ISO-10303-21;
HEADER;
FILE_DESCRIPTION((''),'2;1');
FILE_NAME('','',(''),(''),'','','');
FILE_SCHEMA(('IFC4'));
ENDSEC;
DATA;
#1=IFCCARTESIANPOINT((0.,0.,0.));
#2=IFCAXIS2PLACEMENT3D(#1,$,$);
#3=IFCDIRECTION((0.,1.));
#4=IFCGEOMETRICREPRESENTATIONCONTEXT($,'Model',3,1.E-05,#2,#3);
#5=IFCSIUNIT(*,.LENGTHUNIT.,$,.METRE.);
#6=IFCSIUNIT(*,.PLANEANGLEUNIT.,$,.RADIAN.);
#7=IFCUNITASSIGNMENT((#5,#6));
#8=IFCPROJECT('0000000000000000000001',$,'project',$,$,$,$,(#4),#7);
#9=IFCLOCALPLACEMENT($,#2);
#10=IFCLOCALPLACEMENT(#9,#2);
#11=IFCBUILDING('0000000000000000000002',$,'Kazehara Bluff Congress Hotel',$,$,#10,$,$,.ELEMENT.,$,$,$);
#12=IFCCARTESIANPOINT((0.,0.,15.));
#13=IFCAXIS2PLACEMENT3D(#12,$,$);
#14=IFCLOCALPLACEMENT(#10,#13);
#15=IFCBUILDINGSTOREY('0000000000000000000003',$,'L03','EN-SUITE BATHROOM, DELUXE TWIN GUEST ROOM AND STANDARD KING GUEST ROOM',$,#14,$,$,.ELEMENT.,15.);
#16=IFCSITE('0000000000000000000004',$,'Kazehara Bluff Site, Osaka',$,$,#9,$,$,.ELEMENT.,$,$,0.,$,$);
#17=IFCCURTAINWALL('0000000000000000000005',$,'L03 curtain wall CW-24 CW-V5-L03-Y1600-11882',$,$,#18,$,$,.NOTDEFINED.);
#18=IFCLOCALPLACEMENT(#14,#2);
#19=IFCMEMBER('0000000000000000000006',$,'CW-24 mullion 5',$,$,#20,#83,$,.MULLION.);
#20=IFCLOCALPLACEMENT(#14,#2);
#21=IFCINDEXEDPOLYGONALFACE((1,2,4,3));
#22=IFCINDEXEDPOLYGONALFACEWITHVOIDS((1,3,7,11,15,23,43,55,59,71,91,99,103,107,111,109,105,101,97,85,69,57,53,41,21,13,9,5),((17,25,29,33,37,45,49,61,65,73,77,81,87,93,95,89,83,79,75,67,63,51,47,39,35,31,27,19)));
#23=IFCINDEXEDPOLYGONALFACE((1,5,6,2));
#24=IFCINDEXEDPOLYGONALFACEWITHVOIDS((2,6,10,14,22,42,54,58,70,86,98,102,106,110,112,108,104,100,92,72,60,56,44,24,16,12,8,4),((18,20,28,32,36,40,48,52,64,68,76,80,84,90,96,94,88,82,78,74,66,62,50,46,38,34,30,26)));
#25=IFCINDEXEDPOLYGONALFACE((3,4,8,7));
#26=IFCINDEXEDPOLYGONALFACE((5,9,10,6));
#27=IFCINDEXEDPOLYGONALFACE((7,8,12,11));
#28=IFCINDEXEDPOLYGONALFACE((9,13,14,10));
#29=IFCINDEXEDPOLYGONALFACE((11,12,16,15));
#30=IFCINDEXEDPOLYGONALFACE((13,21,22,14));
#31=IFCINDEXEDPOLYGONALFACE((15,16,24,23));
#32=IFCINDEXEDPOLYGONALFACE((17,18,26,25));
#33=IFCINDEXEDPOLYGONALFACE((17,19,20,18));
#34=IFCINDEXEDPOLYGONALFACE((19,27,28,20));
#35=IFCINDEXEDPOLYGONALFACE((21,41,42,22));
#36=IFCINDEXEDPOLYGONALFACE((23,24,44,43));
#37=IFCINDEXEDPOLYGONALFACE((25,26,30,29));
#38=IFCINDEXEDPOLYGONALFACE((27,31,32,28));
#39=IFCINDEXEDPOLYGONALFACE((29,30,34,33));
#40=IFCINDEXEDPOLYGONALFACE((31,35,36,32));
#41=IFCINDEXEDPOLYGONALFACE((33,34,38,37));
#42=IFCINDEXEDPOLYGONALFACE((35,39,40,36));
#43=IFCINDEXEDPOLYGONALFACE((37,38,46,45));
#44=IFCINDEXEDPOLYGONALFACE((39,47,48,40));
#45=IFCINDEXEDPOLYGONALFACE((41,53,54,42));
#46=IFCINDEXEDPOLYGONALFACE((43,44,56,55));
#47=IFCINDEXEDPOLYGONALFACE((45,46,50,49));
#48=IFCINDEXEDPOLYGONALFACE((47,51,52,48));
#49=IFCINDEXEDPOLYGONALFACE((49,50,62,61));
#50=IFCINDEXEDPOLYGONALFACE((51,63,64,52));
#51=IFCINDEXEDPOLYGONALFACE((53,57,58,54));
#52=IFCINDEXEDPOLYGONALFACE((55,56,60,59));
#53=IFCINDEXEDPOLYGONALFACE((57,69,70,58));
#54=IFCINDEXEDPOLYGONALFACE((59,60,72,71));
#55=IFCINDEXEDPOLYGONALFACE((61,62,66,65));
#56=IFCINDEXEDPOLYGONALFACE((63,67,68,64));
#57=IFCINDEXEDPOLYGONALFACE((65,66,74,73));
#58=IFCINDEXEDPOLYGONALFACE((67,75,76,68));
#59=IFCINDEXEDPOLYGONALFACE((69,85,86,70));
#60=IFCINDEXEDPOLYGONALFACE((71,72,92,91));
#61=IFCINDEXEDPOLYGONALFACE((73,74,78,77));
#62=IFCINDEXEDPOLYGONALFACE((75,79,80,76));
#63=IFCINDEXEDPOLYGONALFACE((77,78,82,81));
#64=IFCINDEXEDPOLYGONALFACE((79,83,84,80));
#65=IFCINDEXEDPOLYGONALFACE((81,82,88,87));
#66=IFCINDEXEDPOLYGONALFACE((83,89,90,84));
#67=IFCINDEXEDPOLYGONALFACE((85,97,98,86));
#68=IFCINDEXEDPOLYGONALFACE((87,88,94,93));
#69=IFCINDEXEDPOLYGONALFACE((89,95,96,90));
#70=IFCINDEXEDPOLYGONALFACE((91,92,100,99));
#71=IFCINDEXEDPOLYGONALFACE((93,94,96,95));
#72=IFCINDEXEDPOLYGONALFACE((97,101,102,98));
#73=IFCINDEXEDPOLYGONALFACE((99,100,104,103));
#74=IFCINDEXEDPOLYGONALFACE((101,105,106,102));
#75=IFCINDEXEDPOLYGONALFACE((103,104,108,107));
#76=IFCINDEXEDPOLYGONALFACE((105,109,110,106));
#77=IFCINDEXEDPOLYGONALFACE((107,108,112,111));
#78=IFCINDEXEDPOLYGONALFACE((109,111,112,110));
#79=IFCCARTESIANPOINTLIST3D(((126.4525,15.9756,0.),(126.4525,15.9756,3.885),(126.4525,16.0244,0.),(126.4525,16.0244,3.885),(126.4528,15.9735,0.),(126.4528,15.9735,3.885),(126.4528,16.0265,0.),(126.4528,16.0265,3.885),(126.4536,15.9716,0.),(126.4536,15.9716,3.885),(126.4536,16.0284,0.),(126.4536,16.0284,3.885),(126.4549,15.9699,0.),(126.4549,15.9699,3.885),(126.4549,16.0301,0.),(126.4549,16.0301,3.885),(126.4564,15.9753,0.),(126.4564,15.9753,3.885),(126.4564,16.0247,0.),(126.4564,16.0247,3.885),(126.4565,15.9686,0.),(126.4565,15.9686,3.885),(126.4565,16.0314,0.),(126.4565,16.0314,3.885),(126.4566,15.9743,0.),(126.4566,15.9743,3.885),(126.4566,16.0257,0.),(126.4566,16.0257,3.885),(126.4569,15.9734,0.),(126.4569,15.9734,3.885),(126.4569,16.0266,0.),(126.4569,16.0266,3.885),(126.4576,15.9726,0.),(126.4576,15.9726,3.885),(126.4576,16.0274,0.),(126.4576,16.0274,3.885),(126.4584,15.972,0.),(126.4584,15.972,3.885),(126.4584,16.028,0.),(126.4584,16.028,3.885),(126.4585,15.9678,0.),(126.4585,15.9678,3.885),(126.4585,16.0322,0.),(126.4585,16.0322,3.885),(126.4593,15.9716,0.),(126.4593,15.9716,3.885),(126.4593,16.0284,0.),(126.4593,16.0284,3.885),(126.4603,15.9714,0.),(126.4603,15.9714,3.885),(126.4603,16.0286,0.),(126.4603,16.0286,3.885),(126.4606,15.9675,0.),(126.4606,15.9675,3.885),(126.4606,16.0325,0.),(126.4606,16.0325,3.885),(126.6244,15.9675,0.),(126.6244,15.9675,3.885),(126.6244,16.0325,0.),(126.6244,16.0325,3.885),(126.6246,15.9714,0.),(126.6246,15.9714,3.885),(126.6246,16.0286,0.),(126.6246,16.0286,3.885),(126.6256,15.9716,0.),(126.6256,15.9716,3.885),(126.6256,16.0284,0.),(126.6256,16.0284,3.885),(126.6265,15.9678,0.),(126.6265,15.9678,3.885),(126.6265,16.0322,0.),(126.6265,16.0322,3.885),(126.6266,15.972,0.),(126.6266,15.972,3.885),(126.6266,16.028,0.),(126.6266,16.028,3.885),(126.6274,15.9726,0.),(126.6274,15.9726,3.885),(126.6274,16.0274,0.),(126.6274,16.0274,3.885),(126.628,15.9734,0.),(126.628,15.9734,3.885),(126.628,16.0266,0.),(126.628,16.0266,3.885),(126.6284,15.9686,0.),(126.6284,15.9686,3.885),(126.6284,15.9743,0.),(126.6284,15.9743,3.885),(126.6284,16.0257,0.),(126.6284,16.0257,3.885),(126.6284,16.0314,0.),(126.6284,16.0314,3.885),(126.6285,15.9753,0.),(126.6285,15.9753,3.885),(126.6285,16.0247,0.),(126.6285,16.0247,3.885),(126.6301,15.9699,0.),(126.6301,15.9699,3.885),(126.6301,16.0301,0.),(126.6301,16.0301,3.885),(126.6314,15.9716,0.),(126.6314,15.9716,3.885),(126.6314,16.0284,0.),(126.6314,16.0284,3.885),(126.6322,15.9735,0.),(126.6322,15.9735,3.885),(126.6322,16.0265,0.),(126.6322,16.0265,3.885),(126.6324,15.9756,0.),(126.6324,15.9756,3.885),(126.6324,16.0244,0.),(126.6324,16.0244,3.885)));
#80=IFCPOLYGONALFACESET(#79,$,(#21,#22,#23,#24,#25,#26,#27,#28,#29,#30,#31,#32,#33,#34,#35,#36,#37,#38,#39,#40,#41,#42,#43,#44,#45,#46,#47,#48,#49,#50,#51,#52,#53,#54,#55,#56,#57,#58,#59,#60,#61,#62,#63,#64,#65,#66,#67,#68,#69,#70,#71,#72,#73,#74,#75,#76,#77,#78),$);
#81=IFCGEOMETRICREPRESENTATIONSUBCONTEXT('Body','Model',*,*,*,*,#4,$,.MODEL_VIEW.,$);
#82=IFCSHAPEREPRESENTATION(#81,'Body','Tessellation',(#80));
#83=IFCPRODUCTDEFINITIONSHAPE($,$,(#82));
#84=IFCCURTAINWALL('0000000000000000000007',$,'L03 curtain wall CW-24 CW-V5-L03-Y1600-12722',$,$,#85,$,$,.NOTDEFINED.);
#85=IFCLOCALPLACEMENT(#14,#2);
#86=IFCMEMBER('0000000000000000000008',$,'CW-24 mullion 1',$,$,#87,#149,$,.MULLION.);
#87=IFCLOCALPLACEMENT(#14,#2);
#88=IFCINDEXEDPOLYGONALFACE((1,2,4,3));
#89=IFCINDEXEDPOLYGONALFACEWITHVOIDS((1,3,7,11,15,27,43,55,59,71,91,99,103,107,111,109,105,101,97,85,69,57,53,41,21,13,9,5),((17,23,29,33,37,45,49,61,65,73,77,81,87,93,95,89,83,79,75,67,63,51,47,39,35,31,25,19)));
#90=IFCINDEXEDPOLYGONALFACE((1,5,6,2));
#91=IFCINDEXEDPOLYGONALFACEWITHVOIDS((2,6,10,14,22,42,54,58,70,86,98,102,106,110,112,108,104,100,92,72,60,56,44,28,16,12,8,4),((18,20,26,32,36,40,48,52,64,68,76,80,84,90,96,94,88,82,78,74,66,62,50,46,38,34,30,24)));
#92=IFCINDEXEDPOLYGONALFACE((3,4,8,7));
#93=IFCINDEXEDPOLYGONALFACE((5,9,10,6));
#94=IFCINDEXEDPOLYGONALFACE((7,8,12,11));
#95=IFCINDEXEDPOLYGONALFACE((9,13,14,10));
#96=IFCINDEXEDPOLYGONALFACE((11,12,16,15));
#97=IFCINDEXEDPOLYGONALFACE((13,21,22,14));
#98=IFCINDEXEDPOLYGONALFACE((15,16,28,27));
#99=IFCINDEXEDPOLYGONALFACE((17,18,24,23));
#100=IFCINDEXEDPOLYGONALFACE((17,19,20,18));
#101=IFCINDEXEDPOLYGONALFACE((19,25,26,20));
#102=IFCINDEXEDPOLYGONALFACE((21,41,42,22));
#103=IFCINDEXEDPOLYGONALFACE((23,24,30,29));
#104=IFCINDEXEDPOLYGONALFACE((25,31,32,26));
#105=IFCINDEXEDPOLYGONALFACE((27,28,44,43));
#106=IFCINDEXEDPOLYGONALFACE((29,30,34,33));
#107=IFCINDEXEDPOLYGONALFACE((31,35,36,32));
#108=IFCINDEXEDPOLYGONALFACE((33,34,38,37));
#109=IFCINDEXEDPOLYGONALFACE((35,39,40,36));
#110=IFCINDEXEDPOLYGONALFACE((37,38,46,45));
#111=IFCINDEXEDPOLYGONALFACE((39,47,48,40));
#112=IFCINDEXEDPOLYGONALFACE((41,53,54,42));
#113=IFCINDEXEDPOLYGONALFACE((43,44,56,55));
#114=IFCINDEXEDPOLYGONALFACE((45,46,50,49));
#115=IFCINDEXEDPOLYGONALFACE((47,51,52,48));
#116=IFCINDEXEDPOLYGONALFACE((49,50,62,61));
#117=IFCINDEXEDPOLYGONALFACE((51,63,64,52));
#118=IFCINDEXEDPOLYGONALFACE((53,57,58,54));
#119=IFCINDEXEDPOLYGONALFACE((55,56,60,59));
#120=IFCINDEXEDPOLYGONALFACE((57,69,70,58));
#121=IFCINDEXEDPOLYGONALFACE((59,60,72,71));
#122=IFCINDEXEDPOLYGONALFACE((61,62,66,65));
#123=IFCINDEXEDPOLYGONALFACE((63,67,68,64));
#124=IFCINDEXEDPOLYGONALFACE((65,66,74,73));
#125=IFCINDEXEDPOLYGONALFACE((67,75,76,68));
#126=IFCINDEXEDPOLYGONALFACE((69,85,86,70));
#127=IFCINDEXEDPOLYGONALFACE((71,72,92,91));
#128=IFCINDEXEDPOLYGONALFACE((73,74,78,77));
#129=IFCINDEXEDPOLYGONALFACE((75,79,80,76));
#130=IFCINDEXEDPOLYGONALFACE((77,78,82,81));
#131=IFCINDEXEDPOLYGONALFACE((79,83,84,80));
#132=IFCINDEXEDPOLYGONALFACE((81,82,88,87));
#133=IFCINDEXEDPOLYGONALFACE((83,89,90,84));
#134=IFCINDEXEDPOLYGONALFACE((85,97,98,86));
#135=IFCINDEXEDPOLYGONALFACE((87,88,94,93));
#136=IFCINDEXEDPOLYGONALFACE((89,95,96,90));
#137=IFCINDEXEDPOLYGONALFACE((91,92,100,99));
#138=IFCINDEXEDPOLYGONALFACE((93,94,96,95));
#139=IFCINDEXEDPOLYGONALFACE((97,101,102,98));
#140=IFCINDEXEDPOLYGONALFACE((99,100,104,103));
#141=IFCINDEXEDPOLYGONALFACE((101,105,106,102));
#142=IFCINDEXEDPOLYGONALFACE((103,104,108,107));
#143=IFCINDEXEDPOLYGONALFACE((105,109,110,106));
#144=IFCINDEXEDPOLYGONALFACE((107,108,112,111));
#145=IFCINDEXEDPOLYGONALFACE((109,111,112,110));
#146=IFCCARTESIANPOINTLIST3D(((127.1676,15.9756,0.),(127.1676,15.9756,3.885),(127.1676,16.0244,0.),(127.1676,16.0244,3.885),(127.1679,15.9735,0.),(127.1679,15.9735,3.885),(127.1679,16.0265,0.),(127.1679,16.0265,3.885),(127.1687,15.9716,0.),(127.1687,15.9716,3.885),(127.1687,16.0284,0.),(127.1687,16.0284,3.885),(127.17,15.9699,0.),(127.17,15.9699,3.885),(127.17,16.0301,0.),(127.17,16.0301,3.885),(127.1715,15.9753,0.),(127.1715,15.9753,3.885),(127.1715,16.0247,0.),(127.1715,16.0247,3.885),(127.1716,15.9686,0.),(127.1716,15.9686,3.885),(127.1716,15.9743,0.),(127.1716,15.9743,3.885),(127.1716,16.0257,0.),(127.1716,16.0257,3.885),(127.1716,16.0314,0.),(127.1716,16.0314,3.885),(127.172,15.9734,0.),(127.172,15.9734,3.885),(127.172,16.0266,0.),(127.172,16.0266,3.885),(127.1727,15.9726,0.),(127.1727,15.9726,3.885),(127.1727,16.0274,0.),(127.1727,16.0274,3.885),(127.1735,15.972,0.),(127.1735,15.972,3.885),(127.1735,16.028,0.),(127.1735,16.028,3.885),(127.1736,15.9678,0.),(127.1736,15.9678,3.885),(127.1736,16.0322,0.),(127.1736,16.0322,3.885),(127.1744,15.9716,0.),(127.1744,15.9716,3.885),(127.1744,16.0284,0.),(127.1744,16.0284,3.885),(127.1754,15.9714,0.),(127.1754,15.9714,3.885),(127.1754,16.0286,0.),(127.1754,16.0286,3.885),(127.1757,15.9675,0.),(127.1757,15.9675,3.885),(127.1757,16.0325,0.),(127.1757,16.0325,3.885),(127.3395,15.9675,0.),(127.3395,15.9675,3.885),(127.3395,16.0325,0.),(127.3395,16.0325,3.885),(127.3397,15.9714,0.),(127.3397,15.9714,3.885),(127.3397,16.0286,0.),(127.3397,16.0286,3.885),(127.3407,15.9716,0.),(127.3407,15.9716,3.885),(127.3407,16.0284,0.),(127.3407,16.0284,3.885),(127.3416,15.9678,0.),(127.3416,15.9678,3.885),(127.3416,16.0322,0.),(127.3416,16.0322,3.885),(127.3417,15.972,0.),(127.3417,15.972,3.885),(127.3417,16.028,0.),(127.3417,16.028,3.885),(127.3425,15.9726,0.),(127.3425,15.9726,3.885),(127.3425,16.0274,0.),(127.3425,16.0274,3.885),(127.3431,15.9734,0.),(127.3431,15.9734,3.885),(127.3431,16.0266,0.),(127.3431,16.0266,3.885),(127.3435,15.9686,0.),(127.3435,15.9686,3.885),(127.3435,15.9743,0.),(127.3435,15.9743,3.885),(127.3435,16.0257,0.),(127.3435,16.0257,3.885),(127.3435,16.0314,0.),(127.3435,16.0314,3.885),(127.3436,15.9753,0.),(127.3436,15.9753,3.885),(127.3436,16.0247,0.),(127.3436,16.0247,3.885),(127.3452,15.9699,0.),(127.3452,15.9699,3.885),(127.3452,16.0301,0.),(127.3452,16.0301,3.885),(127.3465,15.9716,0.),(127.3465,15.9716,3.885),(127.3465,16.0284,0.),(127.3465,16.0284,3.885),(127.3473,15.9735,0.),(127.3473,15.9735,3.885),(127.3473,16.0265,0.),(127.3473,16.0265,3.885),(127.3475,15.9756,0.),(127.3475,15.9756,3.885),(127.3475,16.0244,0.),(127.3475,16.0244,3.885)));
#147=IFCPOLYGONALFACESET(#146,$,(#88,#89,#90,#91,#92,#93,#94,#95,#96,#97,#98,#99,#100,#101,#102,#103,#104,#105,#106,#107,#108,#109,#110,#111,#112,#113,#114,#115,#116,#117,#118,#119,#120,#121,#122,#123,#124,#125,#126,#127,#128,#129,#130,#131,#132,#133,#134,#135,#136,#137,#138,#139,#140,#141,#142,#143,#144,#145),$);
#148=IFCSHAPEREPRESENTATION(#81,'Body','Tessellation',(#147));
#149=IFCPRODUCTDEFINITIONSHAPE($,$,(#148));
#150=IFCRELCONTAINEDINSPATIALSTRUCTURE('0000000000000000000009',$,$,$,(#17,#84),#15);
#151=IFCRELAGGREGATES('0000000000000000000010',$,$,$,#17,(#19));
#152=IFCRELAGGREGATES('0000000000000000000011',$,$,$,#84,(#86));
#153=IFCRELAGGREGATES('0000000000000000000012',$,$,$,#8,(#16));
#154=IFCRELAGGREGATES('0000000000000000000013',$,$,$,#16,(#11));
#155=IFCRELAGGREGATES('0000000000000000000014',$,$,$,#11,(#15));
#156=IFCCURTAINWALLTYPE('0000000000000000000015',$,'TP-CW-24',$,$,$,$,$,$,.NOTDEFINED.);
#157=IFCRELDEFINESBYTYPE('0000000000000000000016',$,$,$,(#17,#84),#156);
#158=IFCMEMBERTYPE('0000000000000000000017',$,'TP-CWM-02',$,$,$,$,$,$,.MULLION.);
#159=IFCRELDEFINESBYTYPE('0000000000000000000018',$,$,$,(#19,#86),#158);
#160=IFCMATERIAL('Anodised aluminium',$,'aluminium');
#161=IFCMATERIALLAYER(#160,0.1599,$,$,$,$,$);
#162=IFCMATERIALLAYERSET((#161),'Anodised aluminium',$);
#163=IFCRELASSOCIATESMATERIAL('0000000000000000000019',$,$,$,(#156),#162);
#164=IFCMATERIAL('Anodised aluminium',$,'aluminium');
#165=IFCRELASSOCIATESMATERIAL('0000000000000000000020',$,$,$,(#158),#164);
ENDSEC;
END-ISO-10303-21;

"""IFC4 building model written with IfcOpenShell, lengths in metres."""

from ifc_helpers import new_model, si_unit, direction, frame, origin, origin_2d, place, context, subcontext, project, spatial, hollow_rectangle, extrude, material, layer, layer_set, material_profile, profile_set, type_object, element, aggregate, save


model = new_model("IFC4")

# Units and contexts
model_context = context("Model", 3, precision=1e-05, world=origin(), true_north=direction((0.0, 1.0)))
body_context = subcontext(model_context, "Body", "Model", "MODEL_VIEW")
ifc_project = project(units=[si_unit("LENGTHUNIT", "METRE"), si_unit("PLANEANGLEUNIT", "RADIAN")], contexts=[model_context])

# Site, building, storey
site_placement = place(None, origin())
site = spatial("IfcSite", under=ifc_project, at=site_placement, Name="Kazehara Bluff Site, Osaka", CompositionType="ELEMENT", RefElevation=0.0)
building_placement = place(site_placement, origin())
building = spatial("IfcBuilding", under=site, at=building_placement, Name="Kazehara Bluff Congress Hotel", CompositionType="ELEMENT")
storey_placement = place(building_placement, frame((0.0, 0.0, 15.0)))
storey = spatial("IfcBuildingStorey", under=building, at=storey_placement, Name="L03", Description="EN-SUITE BATHROOM, DELUXE TWIN GUEST ROOM AND STANDARD KING GUEST ROOM", CompositionType="ELEMENT", Elevation=15.0)

# Curtain walls, members
ifc_material_1 = material(Name="Anodised aluminium", Category="aluminium")
ifc_layer_1 = layer(ifc_material_1, 0.1599)
ifc_layer_set_1 = layer_set([ifc_layer_1], Name="Anodised aluminium")
curtain_wall_type = type_object("IfcCurtainWallType", Name="TP-CW-24", PredefinedType="NOTDEFINED", material=ifc_layer_set_1)
curtain_wall_1_placement = place(storey_placement, origin())
curtain_wall_1 = element("IfcCurtainWall", 1, at=curtain_wall_1_placement, inside=storey, type_object=curtain_wall_type, Name="L03 curtain wall CW-24 CW-V5-L03-Y1600-11882", PredefinedType="NOTDEFINED")
ifc_material_2 = material(Name="Anodised aluminium", Category="aluminium")
ifc_material_profile_1 = material_profile(ifc_material_2, hollow_rectangle(XDim=0.0649, YDim=0.1799, WallThickness=0.0039, InnerFilletRadius=0.0039, OuterFilletRadius=0.0081, at=origin_2d()))
ifc_profile_set_1 = profile_set([ifc_material_profile_1], Name="Anodised aluminium")
member_type_1 = type_object("IfcMemberType", Name="TP-CWM-02", PredefinedType="MULLION", material=ifc_profile_set_1)
member_1_placement = place(storey_placement, frame((126.5425, 16.0, 0.0), z_axis=(0.0, 0.0, 1.0), x_axis=(0.0, 1.0, 0.0)))
member_1 = element("IfcMember", 2, at=member_1_placement, type_object=member_type_1, Name="CW-24 mullion 5", PredefinedType="MULLION", context=body_context, shape_type="SweptSolid", body=[
    extrude(hollow_rectangle(XDim=0.0649, YDim=0.1799, WallThickness=0.0039, InnerFilletRadius=0.0039, OuterFilletRadius=0.0081, at=origin_2d()), origin(), (0.0, 0.0, 1.0), 3.885),
])
curtain_wall_2_placement = place(storey_placement, origin())
curtain_wall_2 = element("IfcCurtainWall", 3, at=curtain_wall_2_placement, inside=storey, type_object=curtain_wall_type, Name="L03 curtain wall CW-24 CW-V5-L03-Y1600-12722", PredefinedType="NOTDEFINED")
member_2_placement = place(storey_placement, frame((127.2576, 16.0, 0.0), z_axis=(0.0, 0.0, 1.0), x_axis=(0.0, 1.0, 0.0)))
member_2 = element("IfcMember", 4, at=member_2_placement, type_object=member_type_1, Name="CW-24 mullion 1", PredefinedType="MULLION", context=body_context, shape_type="SweptSolid", body=[
    extrude(hollow_rectangle(XDim=0.0649, YDim=0.1799, WallThickness=0.0039, InnerFilletRadius=0.0039, OuterFilletRadius=0.0081, at=origin_2d()), origin(), (0.0, 0.0, 1.0), 3.885),
])

aggregate(curtain_wall_1, [member_1])
aggregate(curtain_wall_2, [member_2])

save(model, "model.ifc")
